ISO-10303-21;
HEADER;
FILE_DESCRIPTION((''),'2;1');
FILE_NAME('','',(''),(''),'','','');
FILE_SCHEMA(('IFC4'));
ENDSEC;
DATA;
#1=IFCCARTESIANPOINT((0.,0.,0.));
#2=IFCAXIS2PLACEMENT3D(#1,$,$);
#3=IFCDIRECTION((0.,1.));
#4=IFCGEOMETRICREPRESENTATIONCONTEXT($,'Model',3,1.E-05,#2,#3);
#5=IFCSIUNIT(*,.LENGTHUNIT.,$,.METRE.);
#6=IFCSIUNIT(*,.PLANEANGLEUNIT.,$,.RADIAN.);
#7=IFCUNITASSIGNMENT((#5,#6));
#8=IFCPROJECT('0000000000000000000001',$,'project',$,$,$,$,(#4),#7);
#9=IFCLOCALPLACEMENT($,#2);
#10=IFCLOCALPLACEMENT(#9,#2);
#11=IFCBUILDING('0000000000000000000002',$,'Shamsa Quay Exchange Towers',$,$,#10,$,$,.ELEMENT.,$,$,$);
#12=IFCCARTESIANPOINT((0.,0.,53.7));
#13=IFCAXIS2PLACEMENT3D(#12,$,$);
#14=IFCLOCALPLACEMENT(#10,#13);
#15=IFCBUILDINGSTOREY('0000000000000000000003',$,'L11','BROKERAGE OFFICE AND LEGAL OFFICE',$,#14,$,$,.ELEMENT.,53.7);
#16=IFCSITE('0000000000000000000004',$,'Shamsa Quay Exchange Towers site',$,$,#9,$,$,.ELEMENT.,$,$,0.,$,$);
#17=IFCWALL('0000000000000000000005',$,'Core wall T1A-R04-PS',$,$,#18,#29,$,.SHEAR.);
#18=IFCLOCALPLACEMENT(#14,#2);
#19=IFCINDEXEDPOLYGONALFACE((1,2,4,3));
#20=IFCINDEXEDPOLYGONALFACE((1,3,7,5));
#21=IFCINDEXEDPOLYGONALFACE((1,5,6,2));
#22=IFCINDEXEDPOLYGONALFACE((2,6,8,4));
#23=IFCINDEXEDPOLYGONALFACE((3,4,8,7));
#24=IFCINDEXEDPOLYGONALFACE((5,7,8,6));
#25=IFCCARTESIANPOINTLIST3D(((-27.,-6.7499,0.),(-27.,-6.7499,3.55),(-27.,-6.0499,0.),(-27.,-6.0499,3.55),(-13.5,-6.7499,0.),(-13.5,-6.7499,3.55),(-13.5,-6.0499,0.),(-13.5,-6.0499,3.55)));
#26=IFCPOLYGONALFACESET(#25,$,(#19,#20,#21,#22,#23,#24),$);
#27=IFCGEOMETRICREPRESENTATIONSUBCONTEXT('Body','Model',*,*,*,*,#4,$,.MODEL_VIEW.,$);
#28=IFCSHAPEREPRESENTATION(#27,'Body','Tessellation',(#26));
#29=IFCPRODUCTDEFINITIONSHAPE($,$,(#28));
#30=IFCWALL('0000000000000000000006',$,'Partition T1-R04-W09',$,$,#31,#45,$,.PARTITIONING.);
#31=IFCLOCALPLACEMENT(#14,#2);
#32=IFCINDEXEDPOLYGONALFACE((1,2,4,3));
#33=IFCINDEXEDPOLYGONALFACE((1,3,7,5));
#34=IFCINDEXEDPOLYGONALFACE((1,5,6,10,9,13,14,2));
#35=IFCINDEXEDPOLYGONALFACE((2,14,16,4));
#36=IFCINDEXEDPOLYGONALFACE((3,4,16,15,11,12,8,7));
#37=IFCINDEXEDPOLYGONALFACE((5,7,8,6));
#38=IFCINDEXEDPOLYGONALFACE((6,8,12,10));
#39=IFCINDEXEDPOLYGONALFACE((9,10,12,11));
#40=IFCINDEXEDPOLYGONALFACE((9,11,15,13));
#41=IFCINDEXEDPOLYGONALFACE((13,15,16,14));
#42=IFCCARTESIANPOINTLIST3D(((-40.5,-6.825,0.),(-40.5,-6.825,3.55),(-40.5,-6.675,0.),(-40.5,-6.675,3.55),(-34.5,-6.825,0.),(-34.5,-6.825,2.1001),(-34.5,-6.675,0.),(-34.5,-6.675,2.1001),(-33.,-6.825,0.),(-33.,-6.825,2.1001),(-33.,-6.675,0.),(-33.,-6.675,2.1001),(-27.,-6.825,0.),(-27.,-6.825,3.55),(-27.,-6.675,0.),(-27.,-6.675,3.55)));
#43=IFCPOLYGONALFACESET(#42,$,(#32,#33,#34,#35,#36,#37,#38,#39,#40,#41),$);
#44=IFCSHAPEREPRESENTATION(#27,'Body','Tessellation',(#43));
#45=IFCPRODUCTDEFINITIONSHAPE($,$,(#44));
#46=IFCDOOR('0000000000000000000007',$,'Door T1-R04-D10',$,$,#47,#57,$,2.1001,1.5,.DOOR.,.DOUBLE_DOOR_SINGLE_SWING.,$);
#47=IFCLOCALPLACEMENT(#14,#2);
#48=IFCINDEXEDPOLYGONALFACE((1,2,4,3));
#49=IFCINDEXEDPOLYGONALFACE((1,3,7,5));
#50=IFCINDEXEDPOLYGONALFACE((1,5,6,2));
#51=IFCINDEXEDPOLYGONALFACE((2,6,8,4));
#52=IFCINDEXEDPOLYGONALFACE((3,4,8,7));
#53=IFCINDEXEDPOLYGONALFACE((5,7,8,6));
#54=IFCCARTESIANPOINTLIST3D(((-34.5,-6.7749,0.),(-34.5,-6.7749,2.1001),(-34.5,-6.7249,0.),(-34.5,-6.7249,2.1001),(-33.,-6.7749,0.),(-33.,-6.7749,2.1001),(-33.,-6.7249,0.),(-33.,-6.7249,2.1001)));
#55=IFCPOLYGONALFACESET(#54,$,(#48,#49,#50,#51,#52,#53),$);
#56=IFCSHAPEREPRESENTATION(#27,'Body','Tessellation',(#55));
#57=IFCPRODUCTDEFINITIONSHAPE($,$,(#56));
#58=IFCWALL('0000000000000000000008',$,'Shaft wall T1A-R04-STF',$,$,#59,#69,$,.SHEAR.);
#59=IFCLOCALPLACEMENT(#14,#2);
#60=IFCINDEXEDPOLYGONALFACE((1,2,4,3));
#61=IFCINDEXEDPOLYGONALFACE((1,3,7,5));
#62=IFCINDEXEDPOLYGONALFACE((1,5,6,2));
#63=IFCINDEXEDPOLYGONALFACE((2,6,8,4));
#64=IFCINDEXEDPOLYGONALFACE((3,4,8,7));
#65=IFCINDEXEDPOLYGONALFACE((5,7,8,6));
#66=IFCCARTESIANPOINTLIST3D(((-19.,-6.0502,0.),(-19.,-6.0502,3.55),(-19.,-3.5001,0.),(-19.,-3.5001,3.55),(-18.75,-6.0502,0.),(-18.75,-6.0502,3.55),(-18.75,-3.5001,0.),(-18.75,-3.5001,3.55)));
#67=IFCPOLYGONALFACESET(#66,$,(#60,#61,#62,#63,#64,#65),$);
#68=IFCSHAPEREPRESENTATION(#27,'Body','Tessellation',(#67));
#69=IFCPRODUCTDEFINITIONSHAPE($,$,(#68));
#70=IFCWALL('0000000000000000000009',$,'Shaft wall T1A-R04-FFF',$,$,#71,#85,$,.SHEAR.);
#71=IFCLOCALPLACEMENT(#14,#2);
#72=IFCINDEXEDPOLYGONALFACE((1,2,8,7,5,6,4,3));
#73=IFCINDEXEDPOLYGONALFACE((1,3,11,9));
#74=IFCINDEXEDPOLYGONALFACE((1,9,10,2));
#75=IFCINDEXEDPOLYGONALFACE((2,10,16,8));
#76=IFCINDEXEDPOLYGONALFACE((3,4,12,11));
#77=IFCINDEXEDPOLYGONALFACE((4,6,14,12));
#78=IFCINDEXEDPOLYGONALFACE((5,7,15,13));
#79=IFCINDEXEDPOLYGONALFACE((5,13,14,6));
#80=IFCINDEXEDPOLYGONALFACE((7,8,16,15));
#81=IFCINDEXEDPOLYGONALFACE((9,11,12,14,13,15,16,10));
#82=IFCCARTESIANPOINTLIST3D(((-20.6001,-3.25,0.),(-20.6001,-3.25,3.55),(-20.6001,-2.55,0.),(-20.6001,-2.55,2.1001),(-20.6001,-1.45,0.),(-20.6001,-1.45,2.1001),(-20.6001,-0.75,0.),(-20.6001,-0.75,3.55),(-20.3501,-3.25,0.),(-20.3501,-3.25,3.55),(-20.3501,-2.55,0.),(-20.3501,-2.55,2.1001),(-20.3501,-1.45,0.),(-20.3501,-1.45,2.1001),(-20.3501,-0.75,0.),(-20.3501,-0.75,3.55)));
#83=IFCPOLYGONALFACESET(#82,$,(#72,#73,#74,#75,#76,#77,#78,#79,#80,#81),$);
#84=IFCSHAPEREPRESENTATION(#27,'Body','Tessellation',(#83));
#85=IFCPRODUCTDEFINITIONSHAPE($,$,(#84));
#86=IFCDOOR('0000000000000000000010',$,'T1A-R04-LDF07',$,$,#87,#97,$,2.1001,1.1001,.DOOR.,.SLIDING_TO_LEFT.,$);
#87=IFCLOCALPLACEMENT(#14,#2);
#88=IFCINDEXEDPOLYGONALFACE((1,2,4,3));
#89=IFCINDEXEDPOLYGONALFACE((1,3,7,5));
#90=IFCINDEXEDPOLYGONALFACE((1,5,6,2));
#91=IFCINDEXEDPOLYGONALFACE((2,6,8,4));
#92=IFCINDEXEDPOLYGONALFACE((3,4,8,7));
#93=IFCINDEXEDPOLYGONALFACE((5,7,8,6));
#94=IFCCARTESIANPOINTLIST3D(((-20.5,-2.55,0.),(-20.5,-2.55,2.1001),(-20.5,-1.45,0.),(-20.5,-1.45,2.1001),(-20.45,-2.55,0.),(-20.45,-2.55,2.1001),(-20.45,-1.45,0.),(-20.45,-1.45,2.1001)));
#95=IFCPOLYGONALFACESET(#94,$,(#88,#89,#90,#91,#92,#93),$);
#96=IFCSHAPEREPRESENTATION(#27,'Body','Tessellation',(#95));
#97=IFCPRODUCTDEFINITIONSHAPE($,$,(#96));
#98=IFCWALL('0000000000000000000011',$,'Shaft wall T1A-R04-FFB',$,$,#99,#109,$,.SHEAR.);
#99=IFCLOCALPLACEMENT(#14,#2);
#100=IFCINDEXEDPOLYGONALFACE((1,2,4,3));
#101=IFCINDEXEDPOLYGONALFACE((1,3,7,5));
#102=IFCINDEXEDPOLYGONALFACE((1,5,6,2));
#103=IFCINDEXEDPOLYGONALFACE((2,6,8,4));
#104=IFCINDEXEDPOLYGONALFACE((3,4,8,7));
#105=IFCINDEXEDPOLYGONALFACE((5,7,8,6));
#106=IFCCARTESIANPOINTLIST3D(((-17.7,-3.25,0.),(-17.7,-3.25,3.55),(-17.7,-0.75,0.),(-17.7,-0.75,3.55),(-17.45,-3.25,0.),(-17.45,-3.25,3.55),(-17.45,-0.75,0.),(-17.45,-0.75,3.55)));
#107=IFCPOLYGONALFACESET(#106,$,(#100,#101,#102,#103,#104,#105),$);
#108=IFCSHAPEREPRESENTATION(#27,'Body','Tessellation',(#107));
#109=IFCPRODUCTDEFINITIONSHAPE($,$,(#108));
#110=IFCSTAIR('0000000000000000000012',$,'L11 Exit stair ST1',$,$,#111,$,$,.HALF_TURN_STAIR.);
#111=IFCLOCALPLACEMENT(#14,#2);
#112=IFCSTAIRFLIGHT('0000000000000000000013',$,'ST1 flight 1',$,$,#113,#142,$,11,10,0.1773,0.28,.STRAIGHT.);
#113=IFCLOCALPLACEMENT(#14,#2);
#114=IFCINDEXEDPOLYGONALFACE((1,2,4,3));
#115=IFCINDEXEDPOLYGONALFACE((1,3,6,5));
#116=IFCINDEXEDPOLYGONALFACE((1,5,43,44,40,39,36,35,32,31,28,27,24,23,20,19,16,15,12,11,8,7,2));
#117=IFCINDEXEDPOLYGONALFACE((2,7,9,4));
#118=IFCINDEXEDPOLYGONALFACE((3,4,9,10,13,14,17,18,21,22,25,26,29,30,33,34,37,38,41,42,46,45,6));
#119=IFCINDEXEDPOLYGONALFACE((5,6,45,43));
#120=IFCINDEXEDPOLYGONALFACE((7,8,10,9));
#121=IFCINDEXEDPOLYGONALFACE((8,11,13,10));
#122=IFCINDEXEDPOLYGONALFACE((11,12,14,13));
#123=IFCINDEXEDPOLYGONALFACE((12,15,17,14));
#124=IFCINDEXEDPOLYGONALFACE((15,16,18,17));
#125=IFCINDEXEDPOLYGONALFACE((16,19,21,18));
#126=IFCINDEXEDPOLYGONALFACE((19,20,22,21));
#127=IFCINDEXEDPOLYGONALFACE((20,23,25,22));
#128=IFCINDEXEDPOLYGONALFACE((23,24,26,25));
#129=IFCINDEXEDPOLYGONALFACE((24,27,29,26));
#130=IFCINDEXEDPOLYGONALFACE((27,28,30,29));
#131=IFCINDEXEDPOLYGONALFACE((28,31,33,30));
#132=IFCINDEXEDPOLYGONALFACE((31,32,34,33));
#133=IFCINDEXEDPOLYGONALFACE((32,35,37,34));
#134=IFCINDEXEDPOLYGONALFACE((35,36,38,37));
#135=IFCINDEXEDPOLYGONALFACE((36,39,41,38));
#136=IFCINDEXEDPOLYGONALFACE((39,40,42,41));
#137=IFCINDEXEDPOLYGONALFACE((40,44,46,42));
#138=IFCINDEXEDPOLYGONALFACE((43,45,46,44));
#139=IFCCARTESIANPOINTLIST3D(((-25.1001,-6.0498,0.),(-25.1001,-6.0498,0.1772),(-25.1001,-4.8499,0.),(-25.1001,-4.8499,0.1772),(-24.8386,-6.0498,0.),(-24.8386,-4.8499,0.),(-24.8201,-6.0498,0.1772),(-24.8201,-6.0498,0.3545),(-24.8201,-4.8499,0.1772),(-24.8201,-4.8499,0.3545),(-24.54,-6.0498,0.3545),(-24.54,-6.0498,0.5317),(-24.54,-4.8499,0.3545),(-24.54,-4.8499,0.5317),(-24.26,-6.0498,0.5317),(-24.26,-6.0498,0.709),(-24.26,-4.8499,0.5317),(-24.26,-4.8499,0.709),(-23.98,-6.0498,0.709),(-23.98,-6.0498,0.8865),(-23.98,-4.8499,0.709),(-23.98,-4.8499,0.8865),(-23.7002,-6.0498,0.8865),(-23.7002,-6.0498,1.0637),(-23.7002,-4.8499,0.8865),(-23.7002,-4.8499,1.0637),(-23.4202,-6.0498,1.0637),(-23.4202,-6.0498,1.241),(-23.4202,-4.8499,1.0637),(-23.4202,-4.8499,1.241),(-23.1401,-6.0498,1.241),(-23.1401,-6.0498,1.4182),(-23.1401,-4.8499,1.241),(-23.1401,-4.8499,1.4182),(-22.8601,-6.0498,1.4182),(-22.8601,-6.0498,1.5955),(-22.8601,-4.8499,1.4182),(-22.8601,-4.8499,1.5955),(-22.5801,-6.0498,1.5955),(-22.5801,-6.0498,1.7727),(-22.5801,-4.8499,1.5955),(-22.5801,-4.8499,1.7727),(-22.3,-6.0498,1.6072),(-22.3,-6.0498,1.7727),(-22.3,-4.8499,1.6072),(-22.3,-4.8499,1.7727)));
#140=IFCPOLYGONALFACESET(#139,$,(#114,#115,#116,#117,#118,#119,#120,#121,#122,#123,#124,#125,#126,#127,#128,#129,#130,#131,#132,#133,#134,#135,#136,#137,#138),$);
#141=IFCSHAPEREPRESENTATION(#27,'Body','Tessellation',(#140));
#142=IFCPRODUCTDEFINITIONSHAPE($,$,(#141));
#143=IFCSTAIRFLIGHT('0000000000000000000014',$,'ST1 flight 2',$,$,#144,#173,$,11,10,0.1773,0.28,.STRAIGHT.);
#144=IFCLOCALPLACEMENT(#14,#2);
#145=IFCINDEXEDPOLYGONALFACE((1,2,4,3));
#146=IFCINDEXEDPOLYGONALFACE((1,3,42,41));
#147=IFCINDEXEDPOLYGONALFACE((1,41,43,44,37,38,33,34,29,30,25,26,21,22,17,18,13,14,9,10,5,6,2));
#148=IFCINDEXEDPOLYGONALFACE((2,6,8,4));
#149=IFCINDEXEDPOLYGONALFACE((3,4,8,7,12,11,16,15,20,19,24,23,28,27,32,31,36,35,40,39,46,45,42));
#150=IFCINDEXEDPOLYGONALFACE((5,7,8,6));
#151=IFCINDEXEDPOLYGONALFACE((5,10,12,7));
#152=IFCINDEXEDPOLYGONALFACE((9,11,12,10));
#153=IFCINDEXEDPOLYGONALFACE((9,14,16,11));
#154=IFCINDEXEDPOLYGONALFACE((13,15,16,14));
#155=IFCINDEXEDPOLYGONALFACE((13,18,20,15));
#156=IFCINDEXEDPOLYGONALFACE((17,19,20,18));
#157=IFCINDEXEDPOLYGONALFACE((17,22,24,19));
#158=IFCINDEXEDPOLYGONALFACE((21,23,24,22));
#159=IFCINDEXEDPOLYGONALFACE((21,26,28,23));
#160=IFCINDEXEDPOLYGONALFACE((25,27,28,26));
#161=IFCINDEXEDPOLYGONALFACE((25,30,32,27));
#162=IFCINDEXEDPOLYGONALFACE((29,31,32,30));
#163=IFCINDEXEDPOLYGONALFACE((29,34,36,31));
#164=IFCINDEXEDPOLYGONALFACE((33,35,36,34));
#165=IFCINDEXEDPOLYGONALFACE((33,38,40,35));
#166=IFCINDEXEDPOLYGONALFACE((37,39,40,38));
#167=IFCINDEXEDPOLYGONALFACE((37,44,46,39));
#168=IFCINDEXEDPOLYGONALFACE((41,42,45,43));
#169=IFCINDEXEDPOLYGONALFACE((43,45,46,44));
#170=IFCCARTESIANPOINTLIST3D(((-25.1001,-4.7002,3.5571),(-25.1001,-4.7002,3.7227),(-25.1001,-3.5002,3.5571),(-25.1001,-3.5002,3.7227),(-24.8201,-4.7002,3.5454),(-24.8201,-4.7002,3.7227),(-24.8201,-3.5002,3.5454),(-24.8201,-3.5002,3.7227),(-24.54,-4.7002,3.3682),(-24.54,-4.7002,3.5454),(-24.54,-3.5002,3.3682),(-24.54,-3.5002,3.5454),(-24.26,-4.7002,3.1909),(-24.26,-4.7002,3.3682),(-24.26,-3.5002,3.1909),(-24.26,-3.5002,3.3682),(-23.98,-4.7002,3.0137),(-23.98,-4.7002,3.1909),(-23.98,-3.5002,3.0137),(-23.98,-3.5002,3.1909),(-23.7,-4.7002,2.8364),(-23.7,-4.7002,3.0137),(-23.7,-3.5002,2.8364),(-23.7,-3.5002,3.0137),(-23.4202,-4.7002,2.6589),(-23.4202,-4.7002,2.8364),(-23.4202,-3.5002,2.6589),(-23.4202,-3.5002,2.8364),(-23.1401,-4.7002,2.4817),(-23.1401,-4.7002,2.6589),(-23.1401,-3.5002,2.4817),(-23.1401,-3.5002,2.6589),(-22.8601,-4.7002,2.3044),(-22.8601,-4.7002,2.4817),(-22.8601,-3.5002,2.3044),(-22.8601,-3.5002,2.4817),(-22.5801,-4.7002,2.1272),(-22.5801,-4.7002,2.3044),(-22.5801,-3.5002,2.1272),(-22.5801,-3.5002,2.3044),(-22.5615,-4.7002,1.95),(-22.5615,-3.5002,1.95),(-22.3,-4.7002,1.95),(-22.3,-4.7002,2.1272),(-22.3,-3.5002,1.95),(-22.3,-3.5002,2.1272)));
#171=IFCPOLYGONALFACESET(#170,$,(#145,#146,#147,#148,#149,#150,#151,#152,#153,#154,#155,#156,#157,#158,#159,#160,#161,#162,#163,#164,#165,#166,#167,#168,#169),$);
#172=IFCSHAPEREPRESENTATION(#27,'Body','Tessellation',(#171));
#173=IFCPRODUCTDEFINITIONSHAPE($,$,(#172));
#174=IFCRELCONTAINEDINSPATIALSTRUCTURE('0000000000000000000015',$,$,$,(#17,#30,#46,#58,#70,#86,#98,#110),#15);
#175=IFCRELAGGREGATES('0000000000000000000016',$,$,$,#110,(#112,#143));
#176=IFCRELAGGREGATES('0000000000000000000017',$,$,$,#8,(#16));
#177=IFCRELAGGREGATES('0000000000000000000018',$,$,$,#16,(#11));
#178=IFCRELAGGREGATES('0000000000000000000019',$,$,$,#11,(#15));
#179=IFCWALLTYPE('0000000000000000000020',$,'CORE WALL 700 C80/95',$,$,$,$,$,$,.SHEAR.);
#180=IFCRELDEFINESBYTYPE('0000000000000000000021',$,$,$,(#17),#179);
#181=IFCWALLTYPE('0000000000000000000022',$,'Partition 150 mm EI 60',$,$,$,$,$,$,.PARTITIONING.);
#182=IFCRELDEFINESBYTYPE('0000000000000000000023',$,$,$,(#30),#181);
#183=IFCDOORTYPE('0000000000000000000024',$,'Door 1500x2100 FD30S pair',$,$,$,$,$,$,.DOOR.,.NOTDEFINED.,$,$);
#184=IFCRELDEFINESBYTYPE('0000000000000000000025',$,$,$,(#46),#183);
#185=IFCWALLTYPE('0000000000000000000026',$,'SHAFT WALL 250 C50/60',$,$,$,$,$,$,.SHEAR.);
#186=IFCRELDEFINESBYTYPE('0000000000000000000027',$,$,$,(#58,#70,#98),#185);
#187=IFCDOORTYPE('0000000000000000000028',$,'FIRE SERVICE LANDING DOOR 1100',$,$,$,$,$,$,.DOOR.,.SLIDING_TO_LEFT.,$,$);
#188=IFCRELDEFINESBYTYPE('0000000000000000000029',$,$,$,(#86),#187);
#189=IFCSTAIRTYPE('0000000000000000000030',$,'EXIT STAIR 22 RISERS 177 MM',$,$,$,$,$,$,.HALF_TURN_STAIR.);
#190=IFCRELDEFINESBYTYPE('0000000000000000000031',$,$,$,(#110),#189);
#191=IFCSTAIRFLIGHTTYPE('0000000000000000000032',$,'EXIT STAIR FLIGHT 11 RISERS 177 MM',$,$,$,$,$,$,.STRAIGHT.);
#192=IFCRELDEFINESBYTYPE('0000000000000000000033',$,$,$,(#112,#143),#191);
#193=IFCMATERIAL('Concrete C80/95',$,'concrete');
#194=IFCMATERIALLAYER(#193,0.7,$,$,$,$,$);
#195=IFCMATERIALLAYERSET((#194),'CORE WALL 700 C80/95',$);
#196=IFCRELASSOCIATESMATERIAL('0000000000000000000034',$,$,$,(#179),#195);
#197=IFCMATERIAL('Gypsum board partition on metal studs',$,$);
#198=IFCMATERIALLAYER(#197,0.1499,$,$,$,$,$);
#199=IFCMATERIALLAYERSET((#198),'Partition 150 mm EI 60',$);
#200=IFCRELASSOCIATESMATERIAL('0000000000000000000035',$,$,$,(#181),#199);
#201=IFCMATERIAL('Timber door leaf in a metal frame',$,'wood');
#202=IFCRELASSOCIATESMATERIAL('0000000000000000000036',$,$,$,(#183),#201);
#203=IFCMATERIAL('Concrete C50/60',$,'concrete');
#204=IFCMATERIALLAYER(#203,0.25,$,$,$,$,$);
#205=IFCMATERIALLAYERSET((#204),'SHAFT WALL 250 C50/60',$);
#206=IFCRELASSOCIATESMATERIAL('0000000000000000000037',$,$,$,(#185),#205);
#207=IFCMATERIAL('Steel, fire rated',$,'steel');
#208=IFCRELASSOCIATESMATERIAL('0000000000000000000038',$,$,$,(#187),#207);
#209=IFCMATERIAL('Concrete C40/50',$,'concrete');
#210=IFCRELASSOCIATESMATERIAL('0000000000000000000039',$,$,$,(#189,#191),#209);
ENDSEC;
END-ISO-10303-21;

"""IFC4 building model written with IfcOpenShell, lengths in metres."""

from ifc_helpers import new_model, si_unit, direction, frame, frame_2d, origin, place, context, subcontext, project, spatial, polyline, rectangle, outline, extrude, material, layer, layer_set, type_object, element, fill, aggregate, save


model = new_model("IFC4")

# Units and contexts
model_context = context("Model", 3, precision=1e-05, world=origin(), true_north=direction((0.0, 1.0)))
body_context = subcontext(model_context, "Body", "Model", "MODEL_VIEW")
ifc_project = project(units=[si_unit("LENGTHUNIT", "METRE"), si_unit("PLANEANGLEUNIT", "RADIAN")], contexts=[model_context])

# Site, building, storey
site_placement = place(None, origin())
site = spatial("IfcSite", under=ifc_project, at=site_placement, Name="Shamsa Quay Exchange Towers site", CompositionType="ELEMENT", RefElevation=0.0)
building_placement = place(site_placement, origin())
building = spatial("IfcBuilding", under=site, at=building_placement, Name="Shamsa Quay Exchange Towers", CompositionType="ELEMENT")
storey_placement = place(building_placement, frame((0.0, 0.0, 53.7)))
storey = spatial("IfcBuildingStorey", under=building, at=storey_placement, Name="L11", Description="BROKERAGE OFFICE AND LEGAL OFFICE", CompositionType="ELEMENT", Elevation=53.7)

# Wall
ifc_material_1 = material(Name="Concrete C80/95", Category="concrete")
ifc_layer_1 = layer(ifc_material_1, 0.7)
ifc_layer_set_1 = layer_set([ifc_layer_1], Name="CORE WALL 700 C80/95")
wall_type_1 = type_object("IfcWallType", Name="CORE WALL 700 C80/95", PredefinedType="SHEAR", material=ifc_layer_set_1)
wall_1_placement = place(storey_placement, frame((-27.0, -6.3999, 0.0)))
element("IfcWall", 1, at=wall_1_placement, inside=storey, type_object=wall_type_1, Name="Core wall T1A-R04-PS", PredefinedType="SHEAR", context=body_context, shape_type="SweptSolid", body=[
    extrude(rectangle(XDim=13.5, YDim=0.7, at=frame_2d((6.75, 0.0))), origin(), (0.0, 0.0, 1.0), 3.55),
])

# Wall, opening, door
ifc_material_2 = material(Name="Gypsum board partition on metal studs")
ifc_layer_2 = layer(ifc_material_2, 0.1499)
ifc_layer_set_2 = layer_set([ifc_layer_2], Name="Partition 150 mm EI 60")
wall_type_2 = type_object("IfcWallType", Name="Partition 150 mm EI 60", PredefinedType="PARTITIONING", material=ifc_layer_set_2)
wall_2_placement = place(storey_placement, frame((-27.0, -6.75, 0.0), z_axis=(0.0, 0.0, 1.0), x_axis=(-1.0, 0.0, 0.0)))
wall_2 = element("IfcWall", 2, at=wall_2_placement, inside=storey, type_object=wall_type_2, Name="Partition T1-R04-W09", PredefinedType="PARTITIONING", context=body_context, shape_type="SweptSolid", body=[
    extrude(rectangle(XDim=13.5, YDim=0.1499, at=frame_2d((6.75, 0.0))), origin(), (0.0, 0.0, 1.0), 3.55),
])
opening_1_placement = place(wall_2_placement, frame((6.0, 0.0, 0.0)))
opening_1 = element("IfcOpeningElement", 3, at=opening_1_placement, cuts=wall_2, PredefinedType="OPENING", context=body_context, shape_type="SweptSolid", body=[
    extrude(rectangle(XDim=1.5, YDim=2.1001, at=frame_2d((0.75, 1.05))), frame((0.0, 0.085, 0.0), z_axis=(0.0, -1.0, 0.0), x_axis=(1.0, 0.0, 0.0)), (0.0, 0.0, 1.0), 0.1699),
])
ifc_material_3 = material(Name="Timber door leaf in a metal frame", Category="wood")
door_type_1 = type_object("IfcDoorType", Name="Door 1500x2100 FD30S pair", OperationType="NOTDEFINED", PredefinedType="DOOR", material=ifc_material_3)
door_1_placement = place(opening_1_placement, origin())
door_1 = element("IfcDoor", 4, at=door_1_placement, inside=storey, type_object=door_type_1, Name="Door T1-R04-D10", OperationType="DOUBLE_DOOR_SINGLE_SWING", OverallHeight=2.1001, OverallWidth=1.5, PredefinedType="DOOR", context=body_context, shape_type="SweptSolid", body=[
    extrude(rectangle(XDim=1.5, YDim=2.1001, at=frame_2d((0.75, 1.05))), frame((0.0, 0.0249, 0.0), z_axis=(0.0, -1.0, 0.0), x_axis=(1.0, 0.0, 0.0)), (0.0, 0.0, 1.0), 0.05),
])
fill(opening_1, door_1)

# Wall
ifc_material_4 = material(Name="Concrete C50/60", Category="concrete")
ifc_layer_3 = layer(ifc_material_4, 0.25)
ifc_layer_set_3 = layer_set([ifc_layer_3], Name="SHAFT WALL 250 C50/60")
wall_type_3 = type_object("IfcWallType", Name="SHAFT WALL 250 C50/60", PredefinedType="SHEAR", material=ifc_layer_set_3)
wall_3_placement = place(storey_placement, frame((-18.875, -6.05, 0.0), z_axis=(0.0, 0.0, 1.0), x_axis=(0.0, 1.0, 0.0)))
element("IfcWall", 5, at=wall_3_placement, inside=storey, type_object=wall_type_3, Name="Shaft wall T1A-R04-STF", PredefinedType="SHEAR", context=body_context, shape_type="SweptSolid", body=[
    extrude(rectangle(XDim=2.55, YDim=0.25, at=frame_2d((1.2749, 0.0))), origin(), (0.0, 0.0, 1.0), 3.55),
])

# Wall, opening, door
wall_4_placement = place(storey_placement, frame((-20.4751, -3.25, 0.0), z_axis=(0.0, 0.0, 1.0), x_axis=(0.0, 1.0, 0.0)))
wall_4 = element("IfcWall", 6, at=wall_4_placement, inside=storey, type_object=wall_type_3, Name="Shaft wall T1A-R04-FFF", PredefinedType="SHEAR", context=body_context, shape_type="SweptSolid", body=[
    extrude(rectangle(XDim=2.5, YDim=0.25, at=frame_2d((1.25, 0.0))), origin(), (0.0, 0.0, 1.0), 3.55),
])
opening_2_placement = place(wall_4_placement, frame((0.7, 0.0, 0.0)))
opening_2 = element("IfcOpeningElement", 7, at=opening_2_placement, cuts=wall_4, PredefinedType="OPENING", context=body_context, shape_type="SweptSolid", body=[
    extrude(rectangle(XDim=1.1001, YDim=2.1001, at=frame_2d((0.55, 1.05))), frame((0.0, 0.135, 0.0), z_axis=(0.0, -1.0, 0.0), x_axis=(1.0, 0.0, 0.0)), (0.0, 0.0, 1.0), 0.27),
])
ifc_material_5 = material(Name="Steel, fire rated", Category="steel")
door_type_2 = type_object("IfcDoorType", Name="FIRE SERVICE LANDING DOOR 1100", OperationType="SLIDING_TO_LEFT", PredefinedType="DOOR", material=ifc_material_5)
door_2_placement = place(opening_2_placement, origin())
door_2 = element("IfcDoor", 8, at=door_2_placement, inside=storey, type_object=door_type_2, Name="T1A-R04-LDF07", OperationType="SLIDING_TO_LEFT", OverallHeight=2.1001, OverallWidth=1.1001, PredefinedType="DOOR", context=body_context, shape_type="SweptSolid", body=[
    extrude(rectangle(XDim=1.1001, YDim=2.1001, at=frame_2d((0.55, 1.05))), frame((0.0, 0.0249, 0.0), z_axis=(0.0, -1.0, 0.0), x_axis=(1.0, 0.0, 0.0)), (0.0, 0.0, 1.0), 0.05),
])
fill(opening_2, door_2)

# Wall
wall_5_placement = place(storey_placement, frame((-17.575, -3.25, 0.0), z_axis=(0.0, 0.0, 1.0), x_axis=(0.0, 1.0, 0.0)))
element("IfcWall", 9, at=wall_5_placement, inside=storey, type_object=wall_type_3, Name="Shaft wall T1A-R04-FFB", PredefinedType="SHEAR", context=body_context, shape_type="SweptSolid", body=[
    extrude(rectangle(XDim=2.5, YDim=0.25, at=frame_2d((1.25, 0.0))), origin(), (0.0, 0.0, 1.0), 3.55),
])

# Stair, stair flights
ifc_material_6 = material(Name="Concrete C40/50", Category="concrete")
stair_type = type_object("IfcStairType", Name="EXIT STAIR 22 RISERS 177 MM", PredefinedType="HALF_TURN_STAIR", material=ifc_material_6)
stair_placement = place(storey_placement, origin())
stair = element("IfcStair", 10, at=stair_placement, inside=storey, type_object=stair_type, Name="L11 Exit stair ST1", PredefinedType="HALF_TURN_STAIR")
stair_flight_type = type_object("IfcStairFlightType", Name="EXIT STAIR FLIGHT 11 RISERS 177 MM", PredefinedType="STRAIGHT", material=ifc_material_6)
stair_flight_1_placement = place(storey_placement, frame((-25.1001, -5.45, 0.0)))
stair_flight_1 = element("IfcStairFlight", 11, at=stair_flight_1_placement, type_object=stair_flight_type, Name="ST1 flight 1", NumberOfRisers=11, NumberOfTreads=10, PredefinedType="STRAIGHT", RiserHeight=0.1773, TreadLength=0.28, context=body_context, shape_type="SweptSolid", body=[
    extrude(outline(polyline([(0.0, 0.0), (0.0, 0.1772), (0.28, 0.1772), (0.28, 0.3545), (0.5601, 0.3545), (0.5601, 0.5317), (0.8401, 0.5317), (0.8401, 0.709), (1.1201, 0.709), (1.1201, 0.8865), (1.3999, 0.8865), (1.3999, 1.0637), (1.6799, 1.0637), (1.6799, 1.241), (1.96, 1.241), (1.96, 1.4182), (2.24, 1.4182), (2.24, 1.5955), (2.52, 1.5955), (2.52, 1.7727), (2.8, 1.7727), (2.8, 1.95), (2.8, 1.6072), (0.2615, 0.0), (0.0, 0.0)])), frame((0.0, 0.6001, 0.0), z_axis=(0.0, -1.0, 0.0), x_axis=(1.0, 0.0, 0.0)), (0.0, 0.0, 1.0), 1.2),
])
stair_flight_2_placement = place(storey_placement, frame((-22.3, -4.1001, 1.95), z_axis=(0.0, 0.0, 1.0), x_axis=(-1.0, 0.0, 0.0)))
stair_flight_2 = element("IfcStairFlight", 12, at=stair_flight_2_placement, type_object=stair_flight_type, Name="ST1 flight 2", NumberOfRisers=11, NumberOfTreads=10, PredefinedType="STRAIGHT", RiserHeight=0.1773, TreadLength=0.28, context=body_context, shape_type="SweptSolid", body=[
    extrude(outline(polyline([(0.0, 0.0), (0.0, 0.1772), (0.28, 0.1772), (0.28, 0.3545), (0.5601, 0.3545), (0.5601, 0.5317), (0.8401, 0.5317), (0.8401, 0.709), (1.1201, 0.709), (1.1201, 0.8865), (1.3999, 0.8865), (1.3999, 1.0637), (1.6799, 1.0637), (1.6799, 1.241), (1.96, 1.241), (1.96, 1.4182), (2.24, 1.4182), (2.24, 1.5955), (2.52, 1.5955), (2.52, 1.7727), (2.8, 1.7727), (2.8, 1.95), (2.8, 1.6072), (0.2615, 0.0), (0.0, 0.0)])), frame((0.0, 0.6001, 0.0), z_axis=(0.0, -1.0, 0.0), x_axis=(1.0, 0.0, 0.0)), (0.0, 0.0, 1.0), 1.2),
])
aggregate(stair, [stair_flight_1, stair_flight_2])

save(model, "model.ifc")
